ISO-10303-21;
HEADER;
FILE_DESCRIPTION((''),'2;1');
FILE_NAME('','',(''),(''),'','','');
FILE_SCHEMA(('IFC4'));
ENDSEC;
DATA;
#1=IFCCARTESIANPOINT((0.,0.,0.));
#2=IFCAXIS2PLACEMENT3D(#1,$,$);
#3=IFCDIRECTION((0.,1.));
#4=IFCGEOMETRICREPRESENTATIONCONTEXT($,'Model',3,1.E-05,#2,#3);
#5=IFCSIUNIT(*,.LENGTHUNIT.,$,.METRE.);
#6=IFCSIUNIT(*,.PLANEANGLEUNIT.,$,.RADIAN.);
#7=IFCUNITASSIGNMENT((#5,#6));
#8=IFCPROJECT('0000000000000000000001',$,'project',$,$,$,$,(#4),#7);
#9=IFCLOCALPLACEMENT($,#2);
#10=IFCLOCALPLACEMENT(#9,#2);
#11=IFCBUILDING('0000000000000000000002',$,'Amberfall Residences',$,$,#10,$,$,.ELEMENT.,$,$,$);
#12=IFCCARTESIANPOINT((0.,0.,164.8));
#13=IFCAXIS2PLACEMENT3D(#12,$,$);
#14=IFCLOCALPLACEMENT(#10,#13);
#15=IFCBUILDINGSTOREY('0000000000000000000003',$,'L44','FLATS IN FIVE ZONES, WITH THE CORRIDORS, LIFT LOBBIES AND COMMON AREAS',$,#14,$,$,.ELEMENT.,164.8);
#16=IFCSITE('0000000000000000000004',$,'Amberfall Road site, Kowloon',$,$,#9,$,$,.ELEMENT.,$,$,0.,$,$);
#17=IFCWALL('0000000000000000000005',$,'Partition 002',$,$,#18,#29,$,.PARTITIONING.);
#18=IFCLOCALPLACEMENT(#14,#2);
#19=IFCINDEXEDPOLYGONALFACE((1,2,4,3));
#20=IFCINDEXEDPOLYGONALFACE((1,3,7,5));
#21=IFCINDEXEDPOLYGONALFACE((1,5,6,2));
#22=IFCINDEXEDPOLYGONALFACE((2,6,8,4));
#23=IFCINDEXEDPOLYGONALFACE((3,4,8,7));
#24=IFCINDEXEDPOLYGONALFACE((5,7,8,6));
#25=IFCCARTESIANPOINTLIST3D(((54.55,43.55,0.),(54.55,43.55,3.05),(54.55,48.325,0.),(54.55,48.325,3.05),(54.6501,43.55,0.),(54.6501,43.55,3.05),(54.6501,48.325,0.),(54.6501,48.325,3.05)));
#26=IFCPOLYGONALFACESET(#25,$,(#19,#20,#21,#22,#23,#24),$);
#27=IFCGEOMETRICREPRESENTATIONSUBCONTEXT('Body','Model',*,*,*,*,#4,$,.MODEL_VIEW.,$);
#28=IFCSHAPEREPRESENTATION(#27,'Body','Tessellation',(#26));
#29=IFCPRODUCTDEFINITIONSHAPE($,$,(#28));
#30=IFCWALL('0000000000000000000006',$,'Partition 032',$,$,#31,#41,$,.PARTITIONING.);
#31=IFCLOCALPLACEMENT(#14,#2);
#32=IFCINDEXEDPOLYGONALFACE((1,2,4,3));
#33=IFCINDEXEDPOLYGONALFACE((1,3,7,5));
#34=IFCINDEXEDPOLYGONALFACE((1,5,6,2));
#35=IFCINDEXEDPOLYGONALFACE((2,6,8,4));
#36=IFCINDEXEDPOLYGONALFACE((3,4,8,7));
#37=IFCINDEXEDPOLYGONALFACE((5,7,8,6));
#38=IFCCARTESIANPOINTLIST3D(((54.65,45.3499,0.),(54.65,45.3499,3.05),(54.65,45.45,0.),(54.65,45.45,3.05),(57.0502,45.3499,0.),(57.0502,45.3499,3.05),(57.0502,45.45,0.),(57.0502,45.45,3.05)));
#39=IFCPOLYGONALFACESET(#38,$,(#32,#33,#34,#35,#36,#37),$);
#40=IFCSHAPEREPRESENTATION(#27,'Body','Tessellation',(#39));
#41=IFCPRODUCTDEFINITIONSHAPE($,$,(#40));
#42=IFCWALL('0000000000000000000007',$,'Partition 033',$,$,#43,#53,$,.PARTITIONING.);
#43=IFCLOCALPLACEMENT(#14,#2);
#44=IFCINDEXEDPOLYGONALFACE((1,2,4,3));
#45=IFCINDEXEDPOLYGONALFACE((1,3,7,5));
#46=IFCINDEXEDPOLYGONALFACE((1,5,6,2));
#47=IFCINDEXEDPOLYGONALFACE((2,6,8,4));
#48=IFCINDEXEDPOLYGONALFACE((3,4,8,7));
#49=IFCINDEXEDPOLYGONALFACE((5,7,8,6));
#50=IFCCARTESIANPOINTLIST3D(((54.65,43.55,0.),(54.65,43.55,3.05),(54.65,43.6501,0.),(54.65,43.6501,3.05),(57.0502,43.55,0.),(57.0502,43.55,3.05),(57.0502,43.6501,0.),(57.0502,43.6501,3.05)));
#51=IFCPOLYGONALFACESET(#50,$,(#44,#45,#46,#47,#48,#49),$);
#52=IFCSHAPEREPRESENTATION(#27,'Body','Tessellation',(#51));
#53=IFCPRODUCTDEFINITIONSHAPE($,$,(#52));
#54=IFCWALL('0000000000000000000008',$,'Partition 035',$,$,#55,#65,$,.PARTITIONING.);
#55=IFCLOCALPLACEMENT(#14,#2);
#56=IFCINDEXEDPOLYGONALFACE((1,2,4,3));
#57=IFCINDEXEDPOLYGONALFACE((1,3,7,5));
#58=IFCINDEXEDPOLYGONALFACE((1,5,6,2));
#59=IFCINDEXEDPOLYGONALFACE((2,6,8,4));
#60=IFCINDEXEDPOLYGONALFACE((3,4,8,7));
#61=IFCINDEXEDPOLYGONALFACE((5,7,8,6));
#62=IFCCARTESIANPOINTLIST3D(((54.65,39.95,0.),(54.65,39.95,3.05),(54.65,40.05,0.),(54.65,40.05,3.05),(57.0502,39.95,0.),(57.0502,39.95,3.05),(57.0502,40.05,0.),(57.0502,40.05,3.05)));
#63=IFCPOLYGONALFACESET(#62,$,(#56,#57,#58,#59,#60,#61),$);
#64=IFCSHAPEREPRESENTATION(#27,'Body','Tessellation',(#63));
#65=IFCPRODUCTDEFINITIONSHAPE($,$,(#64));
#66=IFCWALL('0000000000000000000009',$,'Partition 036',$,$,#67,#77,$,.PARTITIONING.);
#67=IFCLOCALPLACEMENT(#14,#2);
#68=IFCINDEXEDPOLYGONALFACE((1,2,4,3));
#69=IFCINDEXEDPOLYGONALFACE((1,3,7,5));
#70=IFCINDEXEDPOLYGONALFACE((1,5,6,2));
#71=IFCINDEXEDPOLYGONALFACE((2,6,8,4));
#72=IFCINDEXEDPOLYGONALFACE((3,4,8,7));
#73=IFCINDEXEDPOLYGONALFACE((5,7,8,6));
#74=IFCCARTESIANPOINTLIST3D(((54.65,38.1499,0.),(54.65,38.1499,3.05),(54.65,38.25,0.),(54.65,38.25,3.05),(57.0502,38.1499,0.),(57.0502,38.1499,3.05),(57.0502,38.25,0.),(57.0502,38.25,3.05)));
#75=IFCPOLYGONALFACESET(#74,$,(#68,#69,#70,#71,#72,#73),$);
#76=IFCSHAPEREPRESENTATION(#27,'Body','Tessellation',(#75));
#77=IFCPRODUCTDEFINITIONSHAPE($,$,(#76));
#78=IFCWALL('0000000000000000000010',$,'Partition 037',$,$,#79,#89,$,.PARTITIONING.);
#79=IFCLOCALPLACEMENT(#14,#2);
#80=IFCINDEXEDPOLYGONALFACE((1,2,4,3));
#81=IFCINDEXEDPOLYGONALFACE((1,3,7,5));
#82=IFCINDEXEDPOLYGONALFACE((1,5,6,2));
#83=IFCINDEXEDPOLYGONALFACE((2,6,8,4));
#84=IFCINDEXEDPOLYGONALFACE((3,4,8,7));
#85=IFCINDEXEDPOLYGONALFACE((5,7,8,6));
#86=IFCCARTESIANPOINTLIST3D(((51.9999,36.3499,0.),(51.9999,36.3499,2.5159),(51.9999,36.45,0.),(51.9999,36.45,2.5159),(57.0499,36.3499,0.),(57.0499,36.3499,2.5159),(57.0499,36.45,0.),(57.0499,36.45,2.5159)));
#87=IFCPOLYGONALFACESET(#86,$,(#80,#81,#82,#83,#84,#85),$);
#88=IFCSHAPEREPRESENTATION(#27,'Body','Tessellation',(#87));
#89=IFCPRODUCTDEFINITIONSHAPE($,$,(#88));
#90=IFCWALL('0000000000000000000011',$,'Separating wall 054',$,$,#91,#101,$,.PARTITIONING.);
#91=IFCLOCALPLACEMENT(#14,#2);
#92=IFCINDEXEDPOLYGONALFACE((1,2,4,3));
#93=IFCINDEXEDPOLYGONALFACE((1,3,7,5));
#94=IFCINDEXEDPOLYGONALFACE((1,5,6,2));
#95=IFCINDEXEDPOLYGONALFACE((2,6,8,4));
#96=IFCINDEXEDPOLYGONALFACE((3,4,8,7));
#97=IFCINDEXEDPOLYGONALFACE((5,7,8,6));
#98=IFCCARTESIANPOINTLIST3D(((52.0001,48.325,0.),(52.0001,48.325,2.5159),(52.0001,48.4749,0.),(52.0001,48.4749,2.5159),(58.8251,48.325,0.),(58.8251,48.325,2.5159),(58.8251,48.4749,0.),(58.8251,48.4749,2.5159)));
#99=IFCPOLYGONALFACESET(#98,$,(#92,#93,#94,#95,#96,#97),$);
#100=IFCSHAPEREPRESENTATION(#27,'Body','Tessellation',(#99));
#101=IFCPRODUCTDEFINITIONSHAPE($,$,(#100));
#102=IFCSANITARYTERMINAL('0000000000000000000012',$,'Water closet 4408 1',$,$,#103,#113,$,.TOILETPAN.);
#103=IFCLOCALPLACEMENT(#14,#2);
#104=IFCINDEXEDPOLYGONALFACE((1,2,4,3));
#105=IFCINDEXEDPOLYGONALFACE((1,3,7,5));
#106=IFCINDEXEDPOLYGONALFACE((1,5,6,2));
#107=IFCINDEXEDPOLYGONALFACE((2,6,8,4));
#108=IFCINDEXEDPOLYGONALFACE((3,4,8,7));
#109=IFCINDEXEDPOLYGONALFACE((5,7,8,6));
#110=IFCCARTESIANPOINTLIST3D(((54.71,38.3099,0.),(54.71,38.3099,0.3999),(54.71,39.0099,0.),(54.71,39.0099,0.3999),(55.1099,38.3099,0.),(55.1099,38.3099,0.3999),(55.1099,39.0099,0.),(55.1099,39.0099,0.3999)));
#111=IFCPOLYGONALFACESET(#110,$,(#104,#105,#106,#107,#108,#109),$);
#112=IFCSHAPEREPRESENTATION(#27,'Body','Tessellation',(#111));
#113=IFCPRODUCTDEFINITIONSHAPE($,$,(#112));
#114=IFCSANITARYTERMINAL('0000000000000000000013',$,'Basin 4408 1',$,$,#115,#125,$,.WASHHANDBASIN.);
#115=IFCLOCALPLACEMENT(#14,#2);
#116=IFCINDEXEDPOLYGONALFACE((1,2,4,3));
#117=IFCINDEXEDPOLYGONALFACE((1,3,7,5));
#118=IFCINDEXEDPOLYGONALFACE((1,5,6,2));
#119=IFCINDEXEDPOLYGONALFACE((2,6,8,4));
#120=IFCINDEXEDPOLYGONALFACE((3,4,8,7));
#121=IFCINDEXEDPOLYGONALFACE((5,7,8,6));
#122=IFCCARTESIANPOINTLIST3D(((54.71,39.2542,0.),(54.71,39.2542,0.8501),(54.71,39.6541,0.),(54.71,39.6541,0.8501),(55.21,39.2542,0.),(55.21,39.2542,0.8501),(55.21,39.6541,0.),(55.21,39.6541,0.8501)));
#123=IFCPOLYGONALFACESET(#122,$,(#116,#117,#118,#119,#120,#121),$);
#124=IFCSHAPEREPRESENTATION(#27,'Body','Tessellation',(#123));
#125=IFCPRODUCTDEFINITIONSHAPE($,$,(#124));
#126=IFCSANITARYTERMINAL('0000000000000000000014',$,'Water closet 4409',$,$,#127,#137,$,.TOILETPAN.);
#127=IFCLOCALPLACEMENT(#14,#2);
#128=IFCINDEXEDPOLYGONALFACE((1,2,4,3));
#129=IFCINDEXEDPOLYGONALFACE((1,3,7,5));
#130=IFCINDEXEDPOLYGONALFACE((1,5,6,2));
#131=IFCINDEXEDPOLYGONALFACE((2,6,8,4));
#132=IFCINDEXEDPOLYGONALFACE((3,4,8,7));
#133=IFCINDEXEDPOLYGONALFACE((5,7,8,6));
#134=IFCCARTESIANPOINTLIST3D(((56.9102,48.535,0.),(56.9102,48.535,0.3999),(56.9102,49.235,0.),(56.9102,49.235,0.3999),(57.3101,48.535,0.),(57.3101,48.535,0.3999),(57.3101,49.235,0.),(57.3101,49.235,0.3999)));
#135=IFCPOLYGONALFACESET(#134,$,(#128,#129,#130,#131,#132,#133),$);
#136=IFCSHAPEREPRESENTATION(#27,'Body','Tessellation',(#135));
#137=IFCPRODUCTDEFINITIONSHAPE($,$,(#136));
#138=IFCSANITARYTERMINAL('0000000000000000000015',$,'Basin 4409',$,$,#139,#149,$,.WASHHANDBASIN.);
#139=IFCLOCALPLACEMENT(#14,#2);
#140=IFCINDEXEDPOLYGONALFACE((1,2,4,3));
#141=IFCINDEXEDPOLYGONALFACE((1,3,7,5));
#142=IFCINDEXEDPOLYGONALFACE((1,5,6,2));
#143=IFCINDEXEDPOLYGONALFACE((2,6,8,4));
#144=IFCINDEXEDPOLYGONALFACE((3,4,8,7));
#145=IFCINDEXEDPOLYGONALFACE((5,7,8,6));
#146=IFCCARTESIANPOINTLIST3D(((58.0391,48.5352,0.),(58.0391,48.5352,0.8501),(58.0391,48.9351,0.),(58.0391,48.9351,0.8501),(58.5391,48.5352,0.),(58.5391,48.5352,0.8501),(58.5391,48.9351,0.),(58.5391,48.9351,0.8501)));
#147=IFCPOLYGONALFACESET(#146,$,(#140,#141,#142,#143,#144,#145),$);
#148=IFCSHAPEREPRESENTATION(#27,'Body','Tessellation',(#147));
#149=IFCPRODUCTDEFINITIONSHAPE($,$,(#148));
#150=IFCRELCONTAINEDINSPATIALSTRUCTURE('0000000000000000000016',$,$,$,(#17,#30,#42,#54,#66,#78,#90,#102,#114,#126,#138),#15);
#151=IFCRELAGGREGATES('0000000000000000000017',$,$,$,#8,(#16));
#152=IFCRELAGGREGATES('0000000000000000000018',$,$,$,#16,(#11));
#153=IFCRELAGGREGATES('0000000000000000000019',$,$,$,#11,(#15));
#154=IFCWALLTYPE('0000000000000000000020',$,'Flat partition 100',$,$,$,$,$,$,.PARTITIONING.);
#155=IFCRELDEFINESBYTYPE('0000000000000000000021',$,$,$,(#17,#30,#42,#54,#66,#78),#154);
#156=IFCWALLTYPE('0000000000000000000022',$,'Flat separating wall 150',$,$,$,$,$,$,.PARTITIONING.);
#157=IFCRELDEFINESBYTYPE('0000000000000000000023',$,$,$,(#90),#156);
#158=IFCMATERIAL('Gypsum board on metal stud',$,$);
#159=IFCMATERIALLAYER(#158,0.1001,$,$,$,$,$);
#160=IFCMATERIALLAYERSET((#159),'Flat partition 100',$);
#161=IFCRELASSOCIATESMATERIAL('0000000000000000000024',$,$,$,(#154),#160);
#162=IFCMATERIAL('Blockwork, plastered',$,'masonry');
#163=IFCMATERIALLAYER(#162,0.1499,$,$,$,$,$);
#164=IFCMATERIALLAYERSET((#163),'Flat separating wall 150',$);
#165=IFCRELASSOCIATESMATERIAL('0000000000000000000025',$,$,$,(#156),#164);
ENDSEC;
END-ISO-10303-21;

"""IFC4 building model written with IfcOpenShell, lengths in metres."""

from ifc_helpers import new_model, si_unit, direction, frame, frame_2d, origin, origin_2d, place, context, subcontext, project, spatial, rectangle, extrude, material, layer, layer_set, type_object, element, save


model = new_model("IFC4")

# Units and contexts
model_context = context("Model", 3, precision=1e-05, world=origin(), true_north=direction((0.0, 1.0)))
body_context = subcontext(model_context, "Body", "Model", "MODEL_VIEW")
ifc_project = project(units=[si_unit("LENGTHUNIT", "METRE"), si_unit("PLANEANGLEUNIT", "RADIAN")], contexts=[model_context])

# Site, building, storey
site_placement = place(None, origin())
site = spatial("IfcSite", under=ifc_project, at=site_placement, Name="Amberfall Road site, Kowloon", CompositionType="ELEMENT", RefElevation=0.0)
building_placement = place(site_placement, origin())
building = spatial("IfcBuilding", under=site, at=building_placement, Name="Amberfall Residences", CompositionType="ELEMENT")
storey_placement = place(building_placement, frame((0.0, 0.0, 164.8)))
storey = spatial("IfcBuildingStorey", under=building, at=storey_placement, Name="L44", Description="FLATS IN FIVE ZONES, WITH THE CORRIDORS, LIFT LOBBIES AND COMMON AREAS", CompositionType="ELEMENT", Elevation=164.8)

# Walls
ifc_material_1 = material(Name="Gypsum board on metal stud")
ifc_layer_1 = layer(ifc_material_1, 0.1001)
ifc_layer_set_1 = layer_set([ifc_layer_1], Name="Flat partition 100")
wall_type_1 = type_object("IfcWallType", Name="Flat partition 100", PredefinedType="PARTITIONING", material=ifc_layer_set_1)
wall_1_placement = place(storey_placement, frame((54.6001, 43.55, 0.0), z_axis=(0.0, 0.0, 1.0), x_axis=(0.0, 1.0, 0.0)))
element("IfcWall", 1, at=wall_1_placement, inside=storey, type_object=wall_type_1, Name="Partition 002", PredefinedType="PARTITIONING", context=body_context, shape_type="SweptSolid", body=[
    extrude(rectangle(XDim=4.7749, YDim=0.1001, at=frame_2d((2.3875, 0.0))), origin(), (0.0, 0.0, 1.0), 3.05),
])
for number, where, z_axis, x_axis, name in (
    (2, (54.6499, 45.3999, 0.0), (0.0, 0.0, 1.0), (1.0, 0.0, 0.0), "Partition 032"),
    (3, (54.6499, 43.6001, 0.0), (0.0, 0.0, 1.0), (1.0, 0.0, 0.0), "Partition 033"),
    (4, (54.6499, 40.0, 0.0), (0.0, 0.0, 1.0), (1.0, 0.0, 0.0), "Partition 035"),
    (5, (54.6499, 38.2, 0.0), (0.0, 0.0, 1.0), (1.0, 0.0, 0.0), "Partition 036"),
):
    element("IfcWall", number, at=place(storey_placement, frame(where, z_axis=z_axis, x_axis=x_axis)), inside=storey, type_object=wall_type_1, Name=name, PredefinedType="PARTITIONING", context=body_context, shape_type="SweptSolid", body=[
        extrude(rectangle(XDim=2.4001, YDim=0.1001, at=frame_2d((1.2002, 0.0))), origin(), (0.0, 0.0, 1.0), 3.05),
    ])
wall_2_placement = place(storey_placement, frame((52.0, 36.3999, 0.0), z_axis=(0.0, 0.0, 1.0), x_axis=(1.0, 0.0, 0.0)))
element("IfcWall", 6, at=wall_2_placement, inside=storey, type_object=wall_type_1, Name="Partition 037", PredefinedType="PARTITIONING", context=body_context, shape_type="SweptSolid", body=[
    extrude(rectangle(XDim=5.05, YDim=0.1001, at=frame_2d((2.5249, 0.0))), origin(), (0.0, 0.0, 1.0), 2.5159),
])
ifc_material_2 = material(Name="Blockwork, plastered", Category="masonry")
ifc_layer_2 = layer(ifc_material_2, 0.1499)
ifc_layer_set_2 = layer_set([ifc_layer_2], Name="Flat separating wall 150")
wall_type_2 = type_object("IfcWallType", Name="Flat separating wall 150", PredefinedType="PARTITIONING", material=ifc_layer_set_2)
wall_3_placement = place(storey_placement, frame((52.0, 48.3999, 0.0), z_axis=(0.0, 0.0, 1.0), x_axis=(1.0, 0.0, 0.0)))
element("IfcWall", 7, at=wall_3_placement, inside=storey, type_object=wall_type_2, Name="Separating wall 054", PredefinedType="PARTITIONING", context=body_context, shape_type="SweptSolid", body=[
    extrude(rectangle(XDim=6.825, YDim=0.1499, at=frame_2d((3.4126, 0.0))), origin(), (0.0, 0.0, 1.0), 2.5159),
])

# Sanitary terminals
sanitary_terminal_1_placement = place(storey_placement, frame((54.9099, 38.6599, 0.0), z_axis=(0.0, 0.0, 1.0), x_axis=(1.0, 0.0, 0.0)))
element("IfcSanitaryTerminal", 8, at=sanitary_terminal_1_placement, inside=storey, Name="Water closet 4408 1", PredefinedType="TOILETPAN", context=body_context, shape_type="SweptSolid", body=[
    extrude(rectangle(XDim=0.3999, YDim=0.7, at=origin_2d()), origin(), (0.0, 0.0, 1.0), 0.3999),
])
sanitary_terminal_2_placement = place(storey_placement, frame((54.96, 39.4541, 0.0), z_axis=(0.0, 0.0, 1.0), x_axis=(1.0, 0.0, 0.0)))
element("IfcSanitaryTerminal", 9, at=sanitary_terminal_2_placement, inside=storey, Name="Basin 4408 1", PredefinedType="WASHHANDBASIN", context=body_context, shape_type="SweptSolid", body=[
    extrude(rectangle(XDim=0.5, YDim=0.3999, at=origin_2d()), origin(), (0.0, 0.0, 1.0), 0.8501),
])
sanitary_terminal_3_placement = place(storey_placement, frame((57.1101, 48.885, 0.0), z_axis=(0.0, 0.0, 1.0), x_axis=(1.0, 0.0, 0.0)))
element("IfcSanitaryTerminal", 10, at=sanitary_terminal_3_placement, inside=storey, Name="Water closet 4409", PredefinedType="TOILETPAN", context=body_context, shape_type="SweptSolid", body=[
    extrude(rectangle(XDim=0.3999, YDim=0.7, at=origin_2d()), origin(), (0.0, 0.0, 1.0), 0.3999),
])
sanitary_terminal_4_placement = place(storey_placement, frame((58.2891, 48.7351, 0.0), z_axis=(0.0, 0.0, 1.0), x_axis=(1.0, 0.0, 0.0)))
element("IfcSanitaryTerminal", 11, at=sanitary_terminal_4_placement, inside=storey, Name="Basin 4409", PredefinedType="WASHHANDBASIN", context=body_context, shape_type="SweptSolid", body=[
    extrude(rectangle(XDim=0.5, YDim=0.3999, at=origin_2d()), origin(), (0.0, 0.0, 1.0), 0.8501),
])

save(model, "model.ifc")
